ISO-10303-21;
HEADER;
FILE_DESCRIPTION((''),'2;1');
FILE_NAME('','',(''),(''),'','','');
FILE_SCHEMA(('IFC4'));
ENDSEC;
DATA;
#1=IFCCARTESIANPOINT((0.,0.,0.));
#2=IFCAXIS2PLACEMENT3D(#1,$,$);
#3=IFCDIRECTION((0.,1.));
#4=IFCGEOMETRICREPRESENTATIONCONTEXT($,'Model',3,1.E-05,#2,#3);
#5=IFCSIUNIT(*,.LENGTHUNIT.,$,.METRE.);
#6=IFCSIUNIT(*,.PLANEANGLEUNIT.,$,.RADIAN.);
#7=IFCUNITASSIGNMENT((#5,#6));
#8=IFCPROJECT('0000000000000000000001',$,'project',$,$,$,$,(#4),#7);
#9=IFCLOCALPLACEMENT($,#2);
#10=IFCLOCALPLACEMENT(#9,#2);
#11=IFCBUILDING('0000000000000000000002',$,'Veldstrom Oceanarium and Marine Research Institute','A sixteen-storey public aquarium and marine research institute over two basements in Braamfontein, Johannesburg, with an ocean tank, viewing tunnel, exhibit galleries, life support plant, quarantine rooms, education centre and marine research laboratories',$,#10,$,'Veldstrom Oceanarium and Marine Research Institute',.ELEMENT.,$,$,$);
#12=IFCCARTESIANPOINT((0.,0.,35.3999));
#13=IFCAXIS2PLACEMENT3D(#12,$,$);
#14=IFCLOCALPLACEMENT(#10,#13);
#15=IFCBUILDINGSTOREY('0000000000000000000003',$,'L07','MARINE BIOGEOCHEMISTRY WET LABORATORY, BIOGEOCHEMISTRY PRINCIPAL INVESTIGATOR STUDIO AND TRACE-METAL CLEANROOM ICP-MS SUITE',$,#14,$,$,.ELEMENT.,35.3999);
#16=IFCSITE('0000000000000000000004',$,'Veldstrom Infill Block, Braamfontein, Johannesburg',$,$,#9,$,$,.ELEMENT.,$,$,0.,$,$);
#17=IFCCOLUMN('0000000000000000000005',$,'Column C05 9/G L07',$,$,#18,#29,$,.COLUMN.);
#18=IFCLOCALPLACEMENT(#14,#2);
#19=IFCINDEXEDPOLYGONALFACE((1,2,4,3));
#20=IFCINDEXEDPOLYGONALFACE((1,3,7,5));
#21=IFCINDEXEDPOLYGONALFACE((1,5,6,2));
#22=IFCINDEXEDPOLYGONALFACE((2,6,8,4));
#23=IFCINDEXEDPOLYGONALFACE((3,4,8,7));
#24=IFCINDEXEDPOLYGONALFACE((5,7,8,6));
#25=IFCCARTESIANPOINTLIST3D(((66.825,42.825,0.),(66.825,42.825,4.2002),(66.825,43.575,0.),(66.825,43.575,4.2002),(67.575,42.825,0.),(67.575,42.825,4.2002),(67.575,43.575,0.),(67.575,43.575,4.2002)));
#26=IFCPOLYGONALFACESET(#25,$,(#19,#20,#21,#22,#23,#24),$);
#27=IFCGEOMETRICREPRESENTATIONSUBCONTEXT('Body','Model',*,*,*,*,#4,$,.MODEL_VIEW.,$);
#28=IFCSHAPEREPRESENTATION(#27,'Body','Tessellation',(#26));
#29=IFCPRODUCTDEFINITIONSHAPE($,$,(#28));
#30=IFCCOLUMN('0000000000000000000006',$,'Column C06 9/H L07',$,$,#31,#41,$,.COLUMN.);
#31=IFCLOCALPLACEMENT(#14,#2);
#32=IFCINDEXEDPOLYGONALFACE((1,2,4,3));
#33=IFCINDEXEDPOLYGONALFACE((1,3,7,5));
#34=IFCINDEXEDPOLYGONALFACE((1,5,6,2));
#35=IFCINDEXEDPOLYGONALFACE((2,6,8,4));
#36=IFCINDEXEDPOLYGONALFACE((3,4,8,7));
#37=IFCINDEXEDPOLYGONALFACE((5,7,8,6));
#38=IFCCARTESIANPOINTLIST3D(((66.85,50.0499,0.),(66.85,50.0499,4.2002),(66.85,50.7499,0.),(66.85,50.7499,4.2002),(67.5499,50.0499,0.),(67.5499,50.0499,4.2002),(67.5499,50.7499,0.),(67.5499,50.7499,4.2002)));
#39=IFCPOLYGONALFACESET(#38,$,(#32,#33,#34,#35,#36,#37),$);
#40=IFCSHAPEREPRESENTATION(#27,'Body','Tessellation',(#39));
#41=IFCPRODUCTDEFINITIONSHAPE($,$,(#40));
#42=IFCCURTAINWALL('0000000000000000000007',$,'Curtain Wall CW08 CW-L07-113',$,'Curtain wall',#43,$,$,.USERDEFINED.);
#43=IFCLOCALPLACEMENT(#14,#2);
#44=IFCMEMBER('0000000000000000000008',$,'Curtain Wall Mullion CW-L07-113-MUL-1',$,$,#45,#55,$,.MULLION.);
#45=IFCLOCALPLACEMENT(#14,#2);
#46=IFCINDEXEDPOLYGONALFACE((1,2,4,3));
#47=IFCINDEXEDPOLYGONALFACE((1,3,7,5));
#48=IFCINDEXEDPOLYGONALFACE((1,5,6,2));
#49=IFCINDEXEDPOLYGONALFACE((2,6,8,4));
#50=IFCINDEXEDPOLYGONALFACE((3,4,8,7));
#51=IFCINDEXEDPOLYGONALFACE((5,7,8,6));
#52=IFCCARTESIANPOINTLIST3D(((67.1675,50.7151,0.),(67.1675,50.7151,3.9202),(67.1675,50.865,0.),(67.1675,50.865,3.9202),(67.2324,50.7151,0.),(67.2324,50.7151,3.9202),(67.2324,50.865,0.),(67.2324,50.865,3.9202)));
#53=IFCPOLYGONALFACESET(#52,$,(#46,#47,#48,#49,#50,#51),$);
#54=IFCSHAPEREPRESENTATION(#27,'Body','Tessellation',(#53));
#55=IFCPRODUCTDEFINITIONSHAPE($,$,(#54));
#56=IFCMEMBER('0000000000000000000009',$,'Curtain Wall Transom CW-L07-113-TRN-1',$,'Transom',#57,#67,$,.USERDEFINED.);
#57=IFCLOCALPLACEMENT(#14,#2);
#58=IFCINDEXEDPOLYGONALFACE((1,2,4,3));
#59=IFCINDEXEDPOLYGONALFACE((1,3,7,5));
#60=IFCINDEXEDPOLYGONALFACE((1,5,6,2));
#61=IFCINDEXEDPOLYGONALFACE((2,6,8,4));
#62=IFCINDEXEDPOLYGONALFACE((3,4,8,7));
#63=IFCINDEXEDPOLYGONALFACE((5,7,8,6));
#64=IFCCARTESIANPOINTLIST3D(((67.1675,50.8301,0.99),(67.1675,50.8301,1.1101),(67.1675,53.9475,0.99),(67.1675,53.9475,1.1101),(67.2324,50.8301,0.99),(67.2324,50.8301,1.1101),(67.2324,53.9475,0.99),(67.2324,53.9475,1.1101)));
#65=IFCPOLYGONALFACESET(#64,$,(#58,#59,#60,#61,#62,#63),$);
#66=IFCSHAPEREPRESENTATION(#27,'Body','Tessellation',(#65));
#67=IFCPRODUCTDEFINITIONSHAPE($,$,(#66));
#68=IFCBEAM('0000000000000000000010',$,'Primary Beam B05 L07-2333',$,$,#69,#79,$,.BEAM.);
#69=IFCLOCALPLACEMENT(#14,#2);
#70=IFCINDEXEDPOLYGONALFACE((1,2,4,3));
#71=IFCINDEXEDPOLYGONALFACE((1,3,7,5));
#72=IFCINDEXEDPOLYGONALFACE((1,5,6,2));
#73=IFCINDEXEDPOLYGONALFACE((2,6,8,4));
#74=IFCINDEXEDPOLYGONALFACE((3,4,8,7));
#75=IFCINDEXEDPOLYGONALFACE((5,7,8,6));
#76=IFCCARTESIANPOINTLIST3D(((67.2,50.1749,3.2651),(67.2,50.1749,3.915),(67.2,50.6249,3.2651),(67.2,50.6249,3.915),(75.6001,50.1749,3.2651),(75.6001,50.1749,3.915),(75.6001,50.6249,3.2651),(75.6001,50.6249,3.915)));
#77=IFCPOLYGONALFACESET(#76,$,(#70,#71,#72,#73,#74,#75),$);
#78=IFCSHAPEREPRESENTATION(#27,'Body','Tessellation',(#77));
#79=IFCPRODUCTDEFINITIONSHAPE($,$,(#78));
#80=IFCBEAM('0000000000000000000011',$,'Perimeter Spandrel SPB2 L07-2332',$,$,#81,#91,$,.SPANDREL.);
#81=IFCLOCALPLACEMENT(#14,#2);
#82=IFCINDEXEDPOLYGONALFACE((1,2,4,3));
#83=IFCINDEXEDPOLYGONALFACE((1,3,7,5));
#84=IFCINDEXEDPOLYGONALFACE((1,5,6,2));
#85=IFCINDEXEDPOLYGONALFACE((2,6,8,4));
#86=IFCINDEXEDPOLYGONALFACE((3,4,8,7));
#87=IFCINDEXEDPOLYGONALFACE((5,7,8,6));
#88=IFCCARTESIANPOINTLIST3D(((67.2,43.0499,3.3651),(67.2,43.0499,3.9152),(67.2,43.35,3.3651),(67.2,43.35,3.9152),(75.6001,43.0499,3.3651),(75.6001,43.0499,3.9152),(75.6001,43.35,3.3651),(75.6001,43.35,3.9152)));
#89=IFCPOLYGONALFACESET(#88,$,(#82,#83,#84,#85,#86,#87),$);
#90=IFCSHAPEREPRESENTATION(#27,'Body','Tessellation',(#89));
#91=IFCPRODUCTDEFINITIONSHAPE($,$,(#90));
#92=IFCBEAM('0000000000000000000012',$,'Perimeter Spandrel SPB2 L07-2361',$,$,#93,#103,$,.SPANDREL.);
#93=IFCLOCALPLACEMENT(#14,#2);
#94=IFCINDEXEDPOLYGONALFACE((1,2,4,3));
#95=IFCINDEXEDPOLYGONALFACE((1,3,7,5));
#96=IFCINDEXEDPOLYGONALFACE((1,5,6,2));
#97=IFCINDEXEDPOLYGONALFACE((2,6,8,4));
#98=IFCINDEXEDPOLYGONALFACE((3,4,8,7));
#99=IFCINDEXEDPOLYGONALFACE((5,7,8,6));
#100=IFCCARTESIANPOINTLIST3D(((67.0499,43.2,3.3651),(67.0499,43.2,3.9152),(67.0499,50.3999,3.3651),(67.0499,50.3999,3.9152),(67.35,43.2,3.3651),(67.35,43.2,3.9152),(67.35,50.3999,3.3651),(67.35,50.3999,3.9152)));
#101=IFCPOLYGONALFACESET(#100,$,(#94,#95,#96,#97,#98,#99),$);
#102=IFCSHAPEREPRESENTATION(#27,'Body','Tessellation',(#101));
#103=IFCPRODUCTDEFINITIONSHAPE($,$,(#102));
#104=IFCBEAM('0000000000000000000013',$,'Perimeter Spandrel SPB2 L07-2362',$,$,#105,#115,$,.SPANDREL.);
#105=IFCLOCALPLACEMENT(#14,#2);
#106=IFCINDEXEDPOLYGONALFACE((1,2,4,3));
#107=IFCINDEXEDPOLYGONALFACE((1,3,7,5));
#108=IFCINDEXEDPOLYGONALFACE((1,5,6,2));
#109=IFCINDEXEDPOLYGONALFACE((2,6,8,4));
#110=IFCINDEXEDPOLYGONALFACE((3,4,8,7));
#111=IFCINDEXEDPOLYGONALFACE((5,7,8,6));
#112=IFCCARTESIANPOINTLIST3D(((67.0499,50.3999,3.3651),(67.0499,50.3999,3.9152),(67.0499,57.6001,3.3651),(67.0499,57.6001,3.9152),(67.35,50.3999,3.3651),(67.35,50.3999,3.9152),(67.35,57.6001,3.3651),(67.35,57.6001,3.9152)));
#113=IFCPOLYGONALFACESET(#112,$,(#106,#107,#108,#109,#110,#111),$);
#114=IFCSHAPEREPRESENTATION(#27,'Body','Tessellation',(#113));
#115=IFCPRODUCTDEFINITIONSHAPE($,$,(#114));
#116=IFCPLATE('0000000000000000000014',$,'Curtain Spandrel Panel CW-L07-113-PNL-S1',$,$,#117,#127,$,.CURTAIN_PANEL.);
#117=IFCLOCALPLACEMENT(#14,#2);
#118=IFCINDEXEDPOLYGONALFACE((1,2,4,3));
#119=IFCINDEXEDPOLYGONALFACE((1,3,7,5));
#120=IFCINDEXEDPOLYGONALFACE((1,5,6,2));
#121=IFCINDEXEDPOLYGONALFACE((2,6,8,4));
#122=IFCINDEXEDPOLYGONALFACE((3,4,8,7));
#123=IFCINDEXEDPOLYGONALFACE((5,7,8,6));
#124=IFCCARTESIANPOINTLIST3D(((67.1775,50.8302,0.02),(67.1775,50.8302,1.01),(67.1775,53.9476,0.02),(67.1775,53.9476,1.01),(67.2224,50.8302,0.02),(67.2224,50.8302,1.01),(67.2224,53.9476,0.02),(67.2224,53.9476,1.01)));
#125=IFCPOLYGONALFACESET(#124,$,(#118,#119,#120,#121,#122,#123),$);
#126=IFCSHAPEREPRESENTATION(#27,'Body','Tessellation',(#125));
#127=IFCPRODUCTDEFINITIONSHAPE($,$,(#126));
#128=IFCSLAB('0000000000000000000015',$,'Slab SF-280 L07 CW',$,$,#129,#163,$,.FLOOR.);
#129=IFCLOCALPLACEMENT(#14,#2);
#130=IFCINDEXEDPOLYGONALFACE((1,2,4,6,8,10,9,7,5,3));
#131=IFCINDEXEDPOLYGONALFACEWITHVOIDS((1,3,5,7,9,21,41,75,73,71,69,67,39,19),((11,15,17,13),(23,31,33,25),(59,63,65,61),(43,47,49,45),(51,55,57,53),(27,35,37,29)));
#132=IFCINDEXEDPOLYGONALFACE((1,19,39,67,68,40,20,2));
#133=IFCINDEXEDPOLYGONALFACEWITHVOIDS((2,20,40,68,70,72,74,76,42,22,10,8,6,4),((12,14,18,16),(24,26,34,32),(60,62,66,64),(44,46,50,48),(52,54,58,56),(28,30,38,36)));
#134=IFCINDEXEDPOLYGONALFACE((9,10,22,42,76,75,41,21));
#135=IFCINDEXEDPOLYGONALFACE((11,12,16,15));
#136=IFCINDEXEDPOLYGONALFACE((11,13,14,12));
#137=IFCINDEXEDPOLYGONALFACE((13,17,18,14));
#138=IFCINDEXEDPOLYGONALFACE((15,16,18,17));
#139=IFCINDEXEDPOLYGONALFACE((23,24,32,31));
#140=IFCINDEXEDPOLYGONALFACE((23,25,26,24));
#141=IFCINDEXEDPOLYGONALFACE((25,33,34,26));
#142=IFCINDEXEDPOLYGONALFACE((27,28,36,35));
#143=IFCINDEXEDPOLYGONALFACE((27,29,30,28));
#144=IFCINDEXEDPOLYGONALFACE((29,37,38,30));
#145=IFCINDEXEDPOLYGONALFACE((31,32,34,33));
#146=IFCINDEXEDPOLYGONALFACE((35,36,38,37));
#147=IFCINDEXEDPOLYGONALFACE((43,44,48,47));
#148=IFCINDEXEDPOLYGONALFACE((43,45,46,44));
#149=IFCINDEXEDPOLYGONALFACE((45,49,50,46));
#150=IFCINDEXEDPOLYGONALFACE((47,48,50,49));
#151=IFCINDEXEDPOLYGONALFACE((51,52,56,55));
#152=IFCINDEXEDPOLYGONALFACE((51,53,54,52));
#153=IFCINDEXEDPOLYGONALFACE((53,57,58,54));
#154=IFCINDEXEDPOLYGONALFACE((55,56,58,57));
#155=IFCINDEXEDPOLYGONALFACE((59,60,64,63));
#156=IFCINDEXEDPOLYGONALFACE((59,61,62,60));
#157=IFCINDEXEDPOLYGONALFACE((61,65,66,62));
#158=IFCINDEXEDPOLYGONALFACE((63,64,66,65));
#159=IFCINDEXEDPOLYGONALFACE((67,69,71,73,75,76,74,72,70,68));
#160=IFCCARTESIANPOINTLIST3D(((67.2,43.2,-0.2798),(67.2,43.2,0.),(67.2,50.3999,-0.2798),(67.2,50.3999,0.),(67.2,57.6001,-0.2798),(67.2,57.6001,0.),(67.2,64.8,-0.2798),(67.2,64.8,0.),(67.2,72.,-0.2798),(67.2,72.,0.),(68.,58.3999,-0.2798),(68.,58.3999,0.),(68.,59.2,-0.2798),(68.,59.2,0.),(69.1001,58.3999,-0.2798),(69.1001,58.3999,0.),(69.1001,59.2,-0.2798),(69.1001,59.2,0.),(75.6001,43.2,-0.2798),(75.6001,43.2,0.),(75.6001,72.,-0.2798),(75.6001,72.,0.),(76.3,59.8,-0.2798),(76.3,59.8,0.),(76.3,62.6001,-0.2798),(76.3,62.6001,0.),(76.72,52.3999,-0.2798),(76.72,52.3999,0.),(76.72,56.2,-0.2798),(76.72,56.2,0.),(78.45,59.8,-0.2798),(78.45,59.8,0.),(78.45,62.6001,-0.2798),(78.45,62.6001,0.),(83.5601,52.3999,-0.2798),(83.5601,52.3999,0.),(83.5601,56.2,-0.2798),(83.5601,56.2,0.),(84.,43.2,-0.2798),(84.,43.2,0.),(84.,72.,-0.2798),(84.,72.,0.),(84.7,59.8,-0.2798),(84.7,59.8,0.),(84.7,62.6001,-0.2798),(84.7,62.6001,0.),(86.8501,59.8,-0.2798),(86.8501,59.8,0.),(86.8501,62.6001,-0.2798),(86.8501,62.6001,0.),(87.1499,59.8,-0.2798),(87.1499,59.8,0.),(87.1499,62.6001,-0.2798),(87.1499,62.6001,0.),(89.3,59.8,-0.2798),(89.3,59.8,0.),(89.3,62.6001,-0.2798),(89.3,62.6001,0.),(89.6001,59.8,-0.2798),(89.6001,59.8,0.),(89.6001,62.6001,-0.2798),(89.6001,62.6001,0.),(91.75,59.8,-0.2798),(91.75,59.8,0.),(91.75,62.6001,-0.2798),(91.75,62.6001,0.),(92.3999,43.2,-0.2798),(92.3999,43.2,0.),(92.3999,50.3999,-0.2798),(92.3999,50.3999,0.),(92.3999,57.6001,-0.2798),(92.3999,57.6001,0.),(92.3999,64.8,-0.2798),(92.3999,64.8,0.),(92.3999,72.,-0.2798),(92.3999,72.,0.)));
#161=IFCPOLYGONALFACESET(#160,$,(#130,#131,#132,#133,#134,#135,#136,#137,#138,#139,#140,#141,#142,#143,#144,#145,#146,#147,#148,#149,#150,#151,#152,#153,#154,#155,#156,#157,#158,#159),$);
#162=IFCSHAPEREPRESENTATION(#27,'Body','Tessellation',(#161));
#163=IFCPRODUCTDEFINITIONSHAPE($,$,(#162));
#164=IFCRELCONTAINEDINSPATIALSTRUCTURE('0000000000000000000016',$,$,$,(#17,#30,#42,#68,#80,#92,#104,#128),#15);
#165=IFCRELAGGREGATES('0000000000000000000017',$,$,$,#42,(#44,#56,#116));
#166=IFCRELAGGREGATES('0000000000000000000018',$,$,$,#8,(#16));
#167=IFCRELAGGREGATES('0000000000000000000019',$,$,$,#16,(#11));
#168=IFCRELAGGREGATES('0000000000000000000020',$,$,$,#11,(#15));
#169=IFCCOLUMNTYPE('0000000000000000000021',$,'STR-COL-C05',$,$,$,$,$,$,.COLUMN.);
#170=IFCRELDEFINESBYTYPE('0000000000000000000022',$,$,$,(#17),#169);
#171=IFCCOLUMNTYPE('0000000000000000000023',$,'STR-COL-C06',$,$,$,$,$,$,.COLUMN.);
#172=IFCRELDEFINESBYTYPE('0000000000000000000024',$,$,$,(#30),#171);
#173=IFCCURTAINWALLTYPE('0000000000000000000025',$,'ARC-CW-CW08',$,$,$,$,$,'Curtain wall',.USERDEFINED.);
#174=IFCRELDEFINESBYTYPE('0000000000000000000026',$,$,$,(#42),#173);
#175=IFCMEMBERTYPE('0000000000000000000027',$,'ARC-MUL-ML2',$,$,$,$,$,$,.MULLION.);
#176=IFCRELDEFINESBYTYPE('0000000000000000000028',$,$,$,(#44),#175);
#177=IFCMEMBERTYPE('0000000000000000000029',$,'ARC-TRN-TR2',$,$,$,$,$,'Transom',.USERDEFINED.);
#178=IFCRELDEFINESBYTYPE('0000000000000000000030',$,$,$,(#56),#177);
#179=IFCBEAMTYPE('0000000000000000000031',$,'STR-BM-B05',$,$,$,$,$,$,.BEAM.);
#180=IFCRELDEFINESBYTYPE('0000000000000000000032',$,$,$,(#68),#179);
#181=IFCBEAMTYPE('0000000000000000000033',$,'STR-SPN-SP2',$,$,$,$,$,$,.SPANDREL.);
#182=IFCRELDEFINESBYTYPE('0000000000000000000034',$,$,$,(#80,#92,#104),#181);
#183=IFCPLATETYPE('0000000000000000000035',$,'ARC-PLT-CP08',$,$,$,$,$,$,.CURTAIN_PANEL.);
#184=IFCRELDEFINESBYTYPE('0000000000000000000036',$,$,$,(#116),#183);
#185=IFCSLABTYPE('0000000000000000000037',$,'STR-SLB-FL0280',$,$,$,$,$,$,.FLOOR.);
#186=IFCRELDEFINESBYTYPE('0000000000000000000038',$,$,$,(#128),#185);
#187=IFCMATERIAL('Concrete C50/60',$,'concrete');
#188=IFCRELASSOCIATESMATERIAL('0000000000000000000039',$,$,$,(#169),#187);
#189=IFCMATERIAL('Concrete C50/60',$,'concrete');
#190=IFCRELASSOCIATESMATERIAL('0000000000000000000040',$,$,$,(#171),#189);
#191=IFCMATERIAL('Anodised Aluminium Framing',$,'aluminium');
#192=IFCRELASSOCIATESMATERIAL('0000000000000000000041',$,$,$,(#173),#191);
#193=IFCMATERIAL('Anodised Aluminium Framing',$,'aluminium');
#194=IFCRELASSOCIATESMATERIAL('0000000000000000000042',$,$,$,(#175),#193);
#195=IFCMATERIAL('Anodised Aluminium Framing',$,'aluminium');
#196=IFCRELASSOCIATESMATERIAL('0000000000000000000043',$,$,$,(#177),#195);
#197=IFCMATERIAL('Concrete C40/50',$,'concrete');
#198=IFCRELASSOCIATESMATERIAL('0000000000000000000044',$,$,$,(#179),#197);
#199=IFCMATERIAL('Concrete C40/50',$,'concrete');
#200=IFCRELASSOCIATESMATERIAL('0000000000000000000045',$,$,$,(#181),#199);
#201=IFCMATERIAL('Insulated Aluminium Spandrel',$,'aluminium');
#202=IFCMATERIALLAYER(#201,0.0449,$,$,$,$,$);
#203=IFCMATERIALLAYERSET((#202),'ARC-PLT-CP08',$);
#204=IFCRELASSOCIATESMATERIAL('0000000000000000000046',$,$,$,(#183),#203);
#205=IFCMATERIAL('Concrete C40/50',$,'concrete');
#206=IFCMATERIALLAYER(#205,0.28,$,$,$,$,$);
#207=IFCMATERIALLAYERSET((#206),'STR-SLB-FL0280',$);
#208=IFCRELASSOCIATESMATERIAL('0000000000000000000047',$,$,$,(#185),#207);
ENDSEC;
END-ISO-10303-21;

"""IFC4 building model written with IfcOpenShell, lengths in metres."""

from ifc_helpers import new_model, si_unit, direction, frame, origin, origin_2d, place, context, subcontext, project, spatial, polyline, rectangle, outline, extrude, material, layer, layer_set, material_profile, profile_set, type_object, element, aggregate, save


model = new_model("IFC4")

# Units and contexts
model_context = context("Model", 3, precision=1e-05, world=origin(), true_north=direction((0.0, 1.0)))
body_context = subcontext(model_context, "Body", "Model", "MODEL_VIEW")
ifc_project = project(units=[si_unit("LENGTHUNIT", "METRE"), si_unit("PLANEANGLEUNIT", "RADIAN")], contexts=[model_context])

# Site, building, storey
site_placement = place(None, origin())
site = spatial("IfcSite", under=ifc_project, at=site_placement, Name="Veldstrom Infill Block, Braamfontein, Johannesburg", CompositionType="ELEMENT", RefElevation=0.0)
building_placement = place(site_placement, origin())
building = spatial("IfcBuilding", under=site, at=building_placement, Name="Veldstrom Oceanarium and Marine Research Institute", Description="A sixteen-storey public aquarium and marine research institute over two basements in Braamfontein, Johannesburg, with an ocean tank, viewing tunnel, exhibit galleries, life support plant, quarantine rooms, education centre and marine research laboratories", LongName="Veldstrom Oceanarium and Marine Research Institute", CompositionType="ELEMENT")
storey_placement = place(building_placement, frame((0.0, 0.0, 35.3999)))
storey = spatial("IfcBuildingStorey", under=building, at=storey_placement, Name="L07", Description="MARINE BIOGEOCHEMISTRY WET LABORATORY, BIOGEOCHEMISTRY PRINCIPAL INVESTIGATOR STUDIO AND TRACE-METAL CLEANROOM ICP-MS SUITE", CompositionType="ELEMENT", Elevation=35.3999)

# Columns
ifc_material_1 = material(Name="Concrete C50/60", Category="concrete")
ifc_material_profile_1 = material_profile(ifc_material_1, rectangle(XDim=0.75, YDim=0.75, at=origin_2d()), Name="RC-COL-750x750")
ifc_profile_set_1 = profile_set([ifc_material_profile_1], Name="Concrete C50/60")
column_type_1 = type_object("IfcColumnType", Name="STR-COL-C05", PredefinedType="COLUMN", material=ifc_profile_set_1)
column_1_placement = place(storey_placement, frame((67.2, 43.2, 0.0), z_axis=(0.0, 0.0, 1.0), x_axis=(1.0, 0.0, 0.0)))
element("IfcColumn", 1, at=column_1_placement, inside=storey, type_object=column_type_1, Name="Column C05 9/G L07", PredefinedType="COLUMN", context=body_context, shape_type="SweptSolid", body=[
    extrude(rectangle(XDim=0.75, YDim=0.75, at=origin_2d()), origin(), (0.0, 0.0, 1.0), 4.2002),
])
ifc_material_2 = material(Name="Concrete C50/60", Category="concrete")
ifc_material_profile_2 = material_profile(ifc_material_2, rectangle(XDim=0.7, YDim=0.7, at=origin_2d()), Name="RC-COL-700x700")
ifc_profile_set_2 = profile_set([ifc_material_profile_2], Name="Concrete C50/60")
column_type_2 = type_object("IfcColumnType", Name="STR-COL-C06", PredefinedType="COLUMN", material=ifc_profile_set_2)
column_2_placement = place(storey_placement, frame((67.2, 50.3999, 0.0), z_axis=(0.0, 0.0, 1.0), x_axis=(1.0, 0.0, 0.0)))
element("IfcColumn", 2, at=column_2_placement, inside=storey, type_object=column_type_2, Name="Column C06 9/H L07", PredefinedType="COLUMN", context=body_context, shape_type="SweptSolid", body=[
    extrude(rectangle(XDim=0.7, YDim=0.7, at=origin_2d()), origin(), (0.0, 0.0, 1.0), 4.2002),
])

# Curtain wall, members
ifc_material_3 = material(Name="Anodised Aluminium Framing", Category="aluminium")
curtain_wall_type = type_object("IfcCurtainWallType", Name="ARC-CW-CW08", ElementType="Curtain wall", PredefinedType="USERDEFINED", material=ifc_material_3)
curtain_wall_placement = place(storey_placement, origin())
curtain_wall = element("IfcCurtainWall", 3, at=curtain_wall_placement, inside=storey, type_object=curtain_wall_type, Name="Curtain Wall CW08 CW-L07-113", ObjectType="Curtain wall", PredefinedType="USERDEFINED")
ifc_material_4 = material(Name="Anodised Aluminium Framing", Category="aluminium")
ifc_material_profile_3 = material_profile(ifc_material_4, rectangle(XDim=0.0649, YDim=0.1499, at=origin_2d()), Name="ALU-MUL-65x150")
ifc_profile_set_3 = profile_set([ifc_material_profile_3], Name="Anodised Aluminium Framing")
member_type_1 = type_object("IfcMemberType", Name="ARC-MUL-ML2", PredefinedType="MULLION", material=ifc_profile_set_3)
member_1_placement = place(storey_placement, frame((67.2, 50.79, 0.0), z_axis=(0.0, 0.0, 1.0), x_axis=(1.0, 0.0, 0.0)))
member_1 = element("IfcMember", 4, at=member_1_placement, type_object=member_type_1, Name="Curtain Wall Mullion CW-L07-113-MUL-1", PredefinedType="MULLION", context=body_context, shape_type="SweptSolid", body=[
    extrude(rectangle(XDim=0.0649, YDim=0.1499, at=origin_2d()), origin(), (0.0, 0.0, 1.0), 3.9202),
])
ifc_material_5 = material(Name="Anodised Aluminium Framing", Category="aluminium")
ifc_material_profile_4 = material_profile(ifc_material_5, rectangle(XDim=0.0649, YDim=0.1201, at=origin_2d()), Name="ALU-TRN-65x120")
ifc_profile_set_4 = profile_set([ifc_material_profile_4], Name="Anodised Aluminium Framing")
member_type_2 = type_object("IfcMemberType", Name="ARC-TRN-TR2", ElementType="Transom", PredefinedType="USERDEFINED", material=ifc_profile_set_4)
member_2_placement = place(storey_placement, frame((67.2, 50.8301, 1.05), z_axis=(0.0, 1.0, 0.0), x_axis=(-1.0, 0.0, 0.0)))
member_2 = element("IfcMember", 5, at=member_2_placement, type_object=member_type_2, Name="Curtain Wall Transom CW-L07-113-TRN-1", ObjectType="Transom", PredefinedType="USERDEFINED", context=body_context, shape_type="SweptSolid", body=[
    extrude(rectangle(XDim=0.0649, YDim=0.1201, at=origin_2d()), origin(), (0.0, 0.0, 1.0), 3.1174),
])

# Beams
ifc_material_6 = material(Name="Concrete C40/50", Category="concrete")
ifc_material_profile_5 = material_profile(ifc_material_6, rectangle(XDim=0.45, YDim=0.6499, at=origin_2d()), Name="RC-BM-450x650")
ifc_profile_set_5 = profile_set([ifc_material_profile_5], Name="Concrete C40/50")
beam_type_1 = type_object("IfcBeamType", Name="STR-BM-B05", PredefinedType="BEAM", material=ifc_profile_set_5)
beam_1_placement = place(storey_placement, frame((67.2, 50.3999, 3.5901), z_axis=(1.0, 0.0, 0.0), x_axis=(0.0, 1.0, 0.0)))
element("IfcBeam", 6, at=beam_1_placement, inside=storey, type_object=beam_type_1, Name="Primary Beam B05 L07-2333", PredefinedType="BEAM", context=body_context, shape_type="SweptSolid", body=[
    extrude(rectangle(XDim=0.45, YDim=0.6499, at=origin_2d()), origin(), (0.0, 0.0, 1.0), 8.4001),
])
ifc_material_7 = material(Name="Concrete C40/50", Category="concrete")
ifc_material_profile_6 = material_profile(ifc_material_7, rectangle(XDim=0.3, YDim=0.55, at=origin_2d()), Name="RC-SPN-300x550")
ifc_profile_set_6 = profile_set([ifc_material_profile_6], Name="Concrete C40/50")
beam_type_2 = type_object("IfcBeamType", Name="STR-SPN-SP2", PredefinedType="SPANDREL", material=ifc_profile_set_6)
beam_2_placement = place(storey_placement, frame((67.2, 43.2, 3.6401), z_axis=(1.0, 0.0, 0.0), x_axis=(0.0, 1.0, 0.0)))
element("IfcBeam", 7, at=beam_2_placement, inside=storey, type_object=beam_type_2, Name="Perimeter Spandrel SPB2 L07-2332", PredefinedType="SPANDREL", context=body_context, shape_type="SweptSolid", body=[
    extrude(rectangle(XDim=0.3, YDim=0.55, at=origin_2d()), origin(), (0.0, 0.0, 1.0), 8.4001),
])
beam_3_placement = place(storey_placement, frame((67.2, 43.2, 3.6401), z_axis=(0.0, 1.0, 0.0), x_axis=(-1.0, 0.0, 0.0)))
element("IfcBeam", 8, at=beam_3_placement, inside=storey, type_object=beam_type_2, Name="Perimeter Spandrel SPB2 L07-2361", PredefinedType="SPANDREL", context=body_context, shape_type="SweptSolid", body=[
    extrude(rectangle(XDim=0.3, YDim=0.55, at=origin_2d()), origin(), (0.0, 0.0, 1.0), 7.2),
])
beam_4_placement = place(storey_placement, frame((67.2, 50.3999, 3.6401), z_axis=(0.0, 1.0, 0.0), x_axis=(-1.0, 0.0, 0.0)))
element("IfcBeam", 9, at=beam_4_placement, inside=storey, type_object=beam_type_2, Name="Perimeter Spandrel SPB2 L07-2362", PredefinedType="SPANDREL", context=body_context, shape_type="SweptSolid", body=[
    extrude(rectangle(XDim=0.3, YDim=0.55, at=origin_2d()), origin(), (0.0, 0.0, 1.0), 7.2002),
])

# Plate
ifc_material_8 = material(Name="Insulated Aluminium Spandrel", Category="aluminium")
ifc_layer_1 = layer(ifc_material_8, 0.0449)
ifc_layer_set_1 = layer_set([ifc_layer_1], Name="ARC-PLT-CP08")
plate_type = type_object("IfcPlateType", Name="ARC-PLT-CP08", PredefinedType="CURTAIN_PANEL", material=ifc_layer_set_1)
plate_placement = place(storey_placement, frame((67.2, 52.3889, 0.02), z_axis=(0.0, 0.0, 1.0), x_axis=(0.0, 1.0, 0.0)))
plate = element("IfcPlate", 10, at=plate_placement, type_object=plate_type, Name="Curtain Spandrel Panel CW-L07-113-PNL-S1", PredefinedType="CURTAIN_PANEL", context=body_context, shape_type="SweptSolid", body=[
    extrude(rectangle(XDim=3.1174, YDim=0.0449, at=origin_2d()), origin(), (0.0, 0.0, 1.0), 0.99),
])
aggregate(curtain_wall, [member_1, member_2, plate])

# Slab
ifc_material_9 = material(Name="Concrete C40/50", Category="concrete")
ifc_layer_2 = layer(ifc_material_9, 0.28)
ifc_layer_set_2 = layer_set([ifc_layer_2], Name="STR-SLB-FL0280")
slab_type_1 = type_object("IfcSlabType", Name="STR-SLB-FL0280", PredefinedType="FLOOR", material=ifc_layer_set_2)
slab_1_placement = place(storey_placement, frame((0.0, 0.0, -0.2798)))
element("IfcSlab", 11, at=slab_1_placement, inside=storey, type_object=slab_type_1, Name="Slab SF-280 L07 CW", PredefinedType="FLOOR", context=body_context, shape_type="SweptSolid", body=[
    extrude(outline(polyline([(92.3999, 50.3999), (92.3999, 43.2), (84.0, 43.2), (75.6001, 43.2), (67.2, 43.2), (67.2, 50.3999), (67.2, 57.6001), (67.2, 64.8), (67.2, 72.0), (75.6001, 72.0), (84.0, 72.0), (92.3999, 72.0), (92.3999, 64.8), (92.3999, 57.6001), (92.3999, 50.3999)]), holes=[polyline([(83.5601, 52.3999), (83.5601, 56.2), (76.72, 56.2), (76.72, 52.3999), (83.5601, 52.3999)]), polyline([(76.3, 62.6001), (76.3, 59.8), (78.45, 59.8), (78.45, 62.6001), (76.3, 62.6001)]), polyline([(86.8501, 59.8), (86.8501, 62.6001), (84.7, 62.6001), (84.7, 59.8), (86.8501, 59.8)]), polyline([(87.1499, 59.8), (89.3, 59.8), (89.3, 62.6001), (87.1499, 62.6001), (87.1499, 59.8)]), polyline([(89.6001, 62.6001), (89.6001, 59.8), (91.75, 59.8), (91.75, 62.6001), (89.6001, 62.6001)]), polyline([(69.1001, 59.2), (68.0, 59.2), (68.0, 58.3999), (69.1001, 58.3999), (69.1001, 59.2)])]), origin(), (0.0, 0.0, 1.0), 0.2798),
])

save(model, "model.ifc")
